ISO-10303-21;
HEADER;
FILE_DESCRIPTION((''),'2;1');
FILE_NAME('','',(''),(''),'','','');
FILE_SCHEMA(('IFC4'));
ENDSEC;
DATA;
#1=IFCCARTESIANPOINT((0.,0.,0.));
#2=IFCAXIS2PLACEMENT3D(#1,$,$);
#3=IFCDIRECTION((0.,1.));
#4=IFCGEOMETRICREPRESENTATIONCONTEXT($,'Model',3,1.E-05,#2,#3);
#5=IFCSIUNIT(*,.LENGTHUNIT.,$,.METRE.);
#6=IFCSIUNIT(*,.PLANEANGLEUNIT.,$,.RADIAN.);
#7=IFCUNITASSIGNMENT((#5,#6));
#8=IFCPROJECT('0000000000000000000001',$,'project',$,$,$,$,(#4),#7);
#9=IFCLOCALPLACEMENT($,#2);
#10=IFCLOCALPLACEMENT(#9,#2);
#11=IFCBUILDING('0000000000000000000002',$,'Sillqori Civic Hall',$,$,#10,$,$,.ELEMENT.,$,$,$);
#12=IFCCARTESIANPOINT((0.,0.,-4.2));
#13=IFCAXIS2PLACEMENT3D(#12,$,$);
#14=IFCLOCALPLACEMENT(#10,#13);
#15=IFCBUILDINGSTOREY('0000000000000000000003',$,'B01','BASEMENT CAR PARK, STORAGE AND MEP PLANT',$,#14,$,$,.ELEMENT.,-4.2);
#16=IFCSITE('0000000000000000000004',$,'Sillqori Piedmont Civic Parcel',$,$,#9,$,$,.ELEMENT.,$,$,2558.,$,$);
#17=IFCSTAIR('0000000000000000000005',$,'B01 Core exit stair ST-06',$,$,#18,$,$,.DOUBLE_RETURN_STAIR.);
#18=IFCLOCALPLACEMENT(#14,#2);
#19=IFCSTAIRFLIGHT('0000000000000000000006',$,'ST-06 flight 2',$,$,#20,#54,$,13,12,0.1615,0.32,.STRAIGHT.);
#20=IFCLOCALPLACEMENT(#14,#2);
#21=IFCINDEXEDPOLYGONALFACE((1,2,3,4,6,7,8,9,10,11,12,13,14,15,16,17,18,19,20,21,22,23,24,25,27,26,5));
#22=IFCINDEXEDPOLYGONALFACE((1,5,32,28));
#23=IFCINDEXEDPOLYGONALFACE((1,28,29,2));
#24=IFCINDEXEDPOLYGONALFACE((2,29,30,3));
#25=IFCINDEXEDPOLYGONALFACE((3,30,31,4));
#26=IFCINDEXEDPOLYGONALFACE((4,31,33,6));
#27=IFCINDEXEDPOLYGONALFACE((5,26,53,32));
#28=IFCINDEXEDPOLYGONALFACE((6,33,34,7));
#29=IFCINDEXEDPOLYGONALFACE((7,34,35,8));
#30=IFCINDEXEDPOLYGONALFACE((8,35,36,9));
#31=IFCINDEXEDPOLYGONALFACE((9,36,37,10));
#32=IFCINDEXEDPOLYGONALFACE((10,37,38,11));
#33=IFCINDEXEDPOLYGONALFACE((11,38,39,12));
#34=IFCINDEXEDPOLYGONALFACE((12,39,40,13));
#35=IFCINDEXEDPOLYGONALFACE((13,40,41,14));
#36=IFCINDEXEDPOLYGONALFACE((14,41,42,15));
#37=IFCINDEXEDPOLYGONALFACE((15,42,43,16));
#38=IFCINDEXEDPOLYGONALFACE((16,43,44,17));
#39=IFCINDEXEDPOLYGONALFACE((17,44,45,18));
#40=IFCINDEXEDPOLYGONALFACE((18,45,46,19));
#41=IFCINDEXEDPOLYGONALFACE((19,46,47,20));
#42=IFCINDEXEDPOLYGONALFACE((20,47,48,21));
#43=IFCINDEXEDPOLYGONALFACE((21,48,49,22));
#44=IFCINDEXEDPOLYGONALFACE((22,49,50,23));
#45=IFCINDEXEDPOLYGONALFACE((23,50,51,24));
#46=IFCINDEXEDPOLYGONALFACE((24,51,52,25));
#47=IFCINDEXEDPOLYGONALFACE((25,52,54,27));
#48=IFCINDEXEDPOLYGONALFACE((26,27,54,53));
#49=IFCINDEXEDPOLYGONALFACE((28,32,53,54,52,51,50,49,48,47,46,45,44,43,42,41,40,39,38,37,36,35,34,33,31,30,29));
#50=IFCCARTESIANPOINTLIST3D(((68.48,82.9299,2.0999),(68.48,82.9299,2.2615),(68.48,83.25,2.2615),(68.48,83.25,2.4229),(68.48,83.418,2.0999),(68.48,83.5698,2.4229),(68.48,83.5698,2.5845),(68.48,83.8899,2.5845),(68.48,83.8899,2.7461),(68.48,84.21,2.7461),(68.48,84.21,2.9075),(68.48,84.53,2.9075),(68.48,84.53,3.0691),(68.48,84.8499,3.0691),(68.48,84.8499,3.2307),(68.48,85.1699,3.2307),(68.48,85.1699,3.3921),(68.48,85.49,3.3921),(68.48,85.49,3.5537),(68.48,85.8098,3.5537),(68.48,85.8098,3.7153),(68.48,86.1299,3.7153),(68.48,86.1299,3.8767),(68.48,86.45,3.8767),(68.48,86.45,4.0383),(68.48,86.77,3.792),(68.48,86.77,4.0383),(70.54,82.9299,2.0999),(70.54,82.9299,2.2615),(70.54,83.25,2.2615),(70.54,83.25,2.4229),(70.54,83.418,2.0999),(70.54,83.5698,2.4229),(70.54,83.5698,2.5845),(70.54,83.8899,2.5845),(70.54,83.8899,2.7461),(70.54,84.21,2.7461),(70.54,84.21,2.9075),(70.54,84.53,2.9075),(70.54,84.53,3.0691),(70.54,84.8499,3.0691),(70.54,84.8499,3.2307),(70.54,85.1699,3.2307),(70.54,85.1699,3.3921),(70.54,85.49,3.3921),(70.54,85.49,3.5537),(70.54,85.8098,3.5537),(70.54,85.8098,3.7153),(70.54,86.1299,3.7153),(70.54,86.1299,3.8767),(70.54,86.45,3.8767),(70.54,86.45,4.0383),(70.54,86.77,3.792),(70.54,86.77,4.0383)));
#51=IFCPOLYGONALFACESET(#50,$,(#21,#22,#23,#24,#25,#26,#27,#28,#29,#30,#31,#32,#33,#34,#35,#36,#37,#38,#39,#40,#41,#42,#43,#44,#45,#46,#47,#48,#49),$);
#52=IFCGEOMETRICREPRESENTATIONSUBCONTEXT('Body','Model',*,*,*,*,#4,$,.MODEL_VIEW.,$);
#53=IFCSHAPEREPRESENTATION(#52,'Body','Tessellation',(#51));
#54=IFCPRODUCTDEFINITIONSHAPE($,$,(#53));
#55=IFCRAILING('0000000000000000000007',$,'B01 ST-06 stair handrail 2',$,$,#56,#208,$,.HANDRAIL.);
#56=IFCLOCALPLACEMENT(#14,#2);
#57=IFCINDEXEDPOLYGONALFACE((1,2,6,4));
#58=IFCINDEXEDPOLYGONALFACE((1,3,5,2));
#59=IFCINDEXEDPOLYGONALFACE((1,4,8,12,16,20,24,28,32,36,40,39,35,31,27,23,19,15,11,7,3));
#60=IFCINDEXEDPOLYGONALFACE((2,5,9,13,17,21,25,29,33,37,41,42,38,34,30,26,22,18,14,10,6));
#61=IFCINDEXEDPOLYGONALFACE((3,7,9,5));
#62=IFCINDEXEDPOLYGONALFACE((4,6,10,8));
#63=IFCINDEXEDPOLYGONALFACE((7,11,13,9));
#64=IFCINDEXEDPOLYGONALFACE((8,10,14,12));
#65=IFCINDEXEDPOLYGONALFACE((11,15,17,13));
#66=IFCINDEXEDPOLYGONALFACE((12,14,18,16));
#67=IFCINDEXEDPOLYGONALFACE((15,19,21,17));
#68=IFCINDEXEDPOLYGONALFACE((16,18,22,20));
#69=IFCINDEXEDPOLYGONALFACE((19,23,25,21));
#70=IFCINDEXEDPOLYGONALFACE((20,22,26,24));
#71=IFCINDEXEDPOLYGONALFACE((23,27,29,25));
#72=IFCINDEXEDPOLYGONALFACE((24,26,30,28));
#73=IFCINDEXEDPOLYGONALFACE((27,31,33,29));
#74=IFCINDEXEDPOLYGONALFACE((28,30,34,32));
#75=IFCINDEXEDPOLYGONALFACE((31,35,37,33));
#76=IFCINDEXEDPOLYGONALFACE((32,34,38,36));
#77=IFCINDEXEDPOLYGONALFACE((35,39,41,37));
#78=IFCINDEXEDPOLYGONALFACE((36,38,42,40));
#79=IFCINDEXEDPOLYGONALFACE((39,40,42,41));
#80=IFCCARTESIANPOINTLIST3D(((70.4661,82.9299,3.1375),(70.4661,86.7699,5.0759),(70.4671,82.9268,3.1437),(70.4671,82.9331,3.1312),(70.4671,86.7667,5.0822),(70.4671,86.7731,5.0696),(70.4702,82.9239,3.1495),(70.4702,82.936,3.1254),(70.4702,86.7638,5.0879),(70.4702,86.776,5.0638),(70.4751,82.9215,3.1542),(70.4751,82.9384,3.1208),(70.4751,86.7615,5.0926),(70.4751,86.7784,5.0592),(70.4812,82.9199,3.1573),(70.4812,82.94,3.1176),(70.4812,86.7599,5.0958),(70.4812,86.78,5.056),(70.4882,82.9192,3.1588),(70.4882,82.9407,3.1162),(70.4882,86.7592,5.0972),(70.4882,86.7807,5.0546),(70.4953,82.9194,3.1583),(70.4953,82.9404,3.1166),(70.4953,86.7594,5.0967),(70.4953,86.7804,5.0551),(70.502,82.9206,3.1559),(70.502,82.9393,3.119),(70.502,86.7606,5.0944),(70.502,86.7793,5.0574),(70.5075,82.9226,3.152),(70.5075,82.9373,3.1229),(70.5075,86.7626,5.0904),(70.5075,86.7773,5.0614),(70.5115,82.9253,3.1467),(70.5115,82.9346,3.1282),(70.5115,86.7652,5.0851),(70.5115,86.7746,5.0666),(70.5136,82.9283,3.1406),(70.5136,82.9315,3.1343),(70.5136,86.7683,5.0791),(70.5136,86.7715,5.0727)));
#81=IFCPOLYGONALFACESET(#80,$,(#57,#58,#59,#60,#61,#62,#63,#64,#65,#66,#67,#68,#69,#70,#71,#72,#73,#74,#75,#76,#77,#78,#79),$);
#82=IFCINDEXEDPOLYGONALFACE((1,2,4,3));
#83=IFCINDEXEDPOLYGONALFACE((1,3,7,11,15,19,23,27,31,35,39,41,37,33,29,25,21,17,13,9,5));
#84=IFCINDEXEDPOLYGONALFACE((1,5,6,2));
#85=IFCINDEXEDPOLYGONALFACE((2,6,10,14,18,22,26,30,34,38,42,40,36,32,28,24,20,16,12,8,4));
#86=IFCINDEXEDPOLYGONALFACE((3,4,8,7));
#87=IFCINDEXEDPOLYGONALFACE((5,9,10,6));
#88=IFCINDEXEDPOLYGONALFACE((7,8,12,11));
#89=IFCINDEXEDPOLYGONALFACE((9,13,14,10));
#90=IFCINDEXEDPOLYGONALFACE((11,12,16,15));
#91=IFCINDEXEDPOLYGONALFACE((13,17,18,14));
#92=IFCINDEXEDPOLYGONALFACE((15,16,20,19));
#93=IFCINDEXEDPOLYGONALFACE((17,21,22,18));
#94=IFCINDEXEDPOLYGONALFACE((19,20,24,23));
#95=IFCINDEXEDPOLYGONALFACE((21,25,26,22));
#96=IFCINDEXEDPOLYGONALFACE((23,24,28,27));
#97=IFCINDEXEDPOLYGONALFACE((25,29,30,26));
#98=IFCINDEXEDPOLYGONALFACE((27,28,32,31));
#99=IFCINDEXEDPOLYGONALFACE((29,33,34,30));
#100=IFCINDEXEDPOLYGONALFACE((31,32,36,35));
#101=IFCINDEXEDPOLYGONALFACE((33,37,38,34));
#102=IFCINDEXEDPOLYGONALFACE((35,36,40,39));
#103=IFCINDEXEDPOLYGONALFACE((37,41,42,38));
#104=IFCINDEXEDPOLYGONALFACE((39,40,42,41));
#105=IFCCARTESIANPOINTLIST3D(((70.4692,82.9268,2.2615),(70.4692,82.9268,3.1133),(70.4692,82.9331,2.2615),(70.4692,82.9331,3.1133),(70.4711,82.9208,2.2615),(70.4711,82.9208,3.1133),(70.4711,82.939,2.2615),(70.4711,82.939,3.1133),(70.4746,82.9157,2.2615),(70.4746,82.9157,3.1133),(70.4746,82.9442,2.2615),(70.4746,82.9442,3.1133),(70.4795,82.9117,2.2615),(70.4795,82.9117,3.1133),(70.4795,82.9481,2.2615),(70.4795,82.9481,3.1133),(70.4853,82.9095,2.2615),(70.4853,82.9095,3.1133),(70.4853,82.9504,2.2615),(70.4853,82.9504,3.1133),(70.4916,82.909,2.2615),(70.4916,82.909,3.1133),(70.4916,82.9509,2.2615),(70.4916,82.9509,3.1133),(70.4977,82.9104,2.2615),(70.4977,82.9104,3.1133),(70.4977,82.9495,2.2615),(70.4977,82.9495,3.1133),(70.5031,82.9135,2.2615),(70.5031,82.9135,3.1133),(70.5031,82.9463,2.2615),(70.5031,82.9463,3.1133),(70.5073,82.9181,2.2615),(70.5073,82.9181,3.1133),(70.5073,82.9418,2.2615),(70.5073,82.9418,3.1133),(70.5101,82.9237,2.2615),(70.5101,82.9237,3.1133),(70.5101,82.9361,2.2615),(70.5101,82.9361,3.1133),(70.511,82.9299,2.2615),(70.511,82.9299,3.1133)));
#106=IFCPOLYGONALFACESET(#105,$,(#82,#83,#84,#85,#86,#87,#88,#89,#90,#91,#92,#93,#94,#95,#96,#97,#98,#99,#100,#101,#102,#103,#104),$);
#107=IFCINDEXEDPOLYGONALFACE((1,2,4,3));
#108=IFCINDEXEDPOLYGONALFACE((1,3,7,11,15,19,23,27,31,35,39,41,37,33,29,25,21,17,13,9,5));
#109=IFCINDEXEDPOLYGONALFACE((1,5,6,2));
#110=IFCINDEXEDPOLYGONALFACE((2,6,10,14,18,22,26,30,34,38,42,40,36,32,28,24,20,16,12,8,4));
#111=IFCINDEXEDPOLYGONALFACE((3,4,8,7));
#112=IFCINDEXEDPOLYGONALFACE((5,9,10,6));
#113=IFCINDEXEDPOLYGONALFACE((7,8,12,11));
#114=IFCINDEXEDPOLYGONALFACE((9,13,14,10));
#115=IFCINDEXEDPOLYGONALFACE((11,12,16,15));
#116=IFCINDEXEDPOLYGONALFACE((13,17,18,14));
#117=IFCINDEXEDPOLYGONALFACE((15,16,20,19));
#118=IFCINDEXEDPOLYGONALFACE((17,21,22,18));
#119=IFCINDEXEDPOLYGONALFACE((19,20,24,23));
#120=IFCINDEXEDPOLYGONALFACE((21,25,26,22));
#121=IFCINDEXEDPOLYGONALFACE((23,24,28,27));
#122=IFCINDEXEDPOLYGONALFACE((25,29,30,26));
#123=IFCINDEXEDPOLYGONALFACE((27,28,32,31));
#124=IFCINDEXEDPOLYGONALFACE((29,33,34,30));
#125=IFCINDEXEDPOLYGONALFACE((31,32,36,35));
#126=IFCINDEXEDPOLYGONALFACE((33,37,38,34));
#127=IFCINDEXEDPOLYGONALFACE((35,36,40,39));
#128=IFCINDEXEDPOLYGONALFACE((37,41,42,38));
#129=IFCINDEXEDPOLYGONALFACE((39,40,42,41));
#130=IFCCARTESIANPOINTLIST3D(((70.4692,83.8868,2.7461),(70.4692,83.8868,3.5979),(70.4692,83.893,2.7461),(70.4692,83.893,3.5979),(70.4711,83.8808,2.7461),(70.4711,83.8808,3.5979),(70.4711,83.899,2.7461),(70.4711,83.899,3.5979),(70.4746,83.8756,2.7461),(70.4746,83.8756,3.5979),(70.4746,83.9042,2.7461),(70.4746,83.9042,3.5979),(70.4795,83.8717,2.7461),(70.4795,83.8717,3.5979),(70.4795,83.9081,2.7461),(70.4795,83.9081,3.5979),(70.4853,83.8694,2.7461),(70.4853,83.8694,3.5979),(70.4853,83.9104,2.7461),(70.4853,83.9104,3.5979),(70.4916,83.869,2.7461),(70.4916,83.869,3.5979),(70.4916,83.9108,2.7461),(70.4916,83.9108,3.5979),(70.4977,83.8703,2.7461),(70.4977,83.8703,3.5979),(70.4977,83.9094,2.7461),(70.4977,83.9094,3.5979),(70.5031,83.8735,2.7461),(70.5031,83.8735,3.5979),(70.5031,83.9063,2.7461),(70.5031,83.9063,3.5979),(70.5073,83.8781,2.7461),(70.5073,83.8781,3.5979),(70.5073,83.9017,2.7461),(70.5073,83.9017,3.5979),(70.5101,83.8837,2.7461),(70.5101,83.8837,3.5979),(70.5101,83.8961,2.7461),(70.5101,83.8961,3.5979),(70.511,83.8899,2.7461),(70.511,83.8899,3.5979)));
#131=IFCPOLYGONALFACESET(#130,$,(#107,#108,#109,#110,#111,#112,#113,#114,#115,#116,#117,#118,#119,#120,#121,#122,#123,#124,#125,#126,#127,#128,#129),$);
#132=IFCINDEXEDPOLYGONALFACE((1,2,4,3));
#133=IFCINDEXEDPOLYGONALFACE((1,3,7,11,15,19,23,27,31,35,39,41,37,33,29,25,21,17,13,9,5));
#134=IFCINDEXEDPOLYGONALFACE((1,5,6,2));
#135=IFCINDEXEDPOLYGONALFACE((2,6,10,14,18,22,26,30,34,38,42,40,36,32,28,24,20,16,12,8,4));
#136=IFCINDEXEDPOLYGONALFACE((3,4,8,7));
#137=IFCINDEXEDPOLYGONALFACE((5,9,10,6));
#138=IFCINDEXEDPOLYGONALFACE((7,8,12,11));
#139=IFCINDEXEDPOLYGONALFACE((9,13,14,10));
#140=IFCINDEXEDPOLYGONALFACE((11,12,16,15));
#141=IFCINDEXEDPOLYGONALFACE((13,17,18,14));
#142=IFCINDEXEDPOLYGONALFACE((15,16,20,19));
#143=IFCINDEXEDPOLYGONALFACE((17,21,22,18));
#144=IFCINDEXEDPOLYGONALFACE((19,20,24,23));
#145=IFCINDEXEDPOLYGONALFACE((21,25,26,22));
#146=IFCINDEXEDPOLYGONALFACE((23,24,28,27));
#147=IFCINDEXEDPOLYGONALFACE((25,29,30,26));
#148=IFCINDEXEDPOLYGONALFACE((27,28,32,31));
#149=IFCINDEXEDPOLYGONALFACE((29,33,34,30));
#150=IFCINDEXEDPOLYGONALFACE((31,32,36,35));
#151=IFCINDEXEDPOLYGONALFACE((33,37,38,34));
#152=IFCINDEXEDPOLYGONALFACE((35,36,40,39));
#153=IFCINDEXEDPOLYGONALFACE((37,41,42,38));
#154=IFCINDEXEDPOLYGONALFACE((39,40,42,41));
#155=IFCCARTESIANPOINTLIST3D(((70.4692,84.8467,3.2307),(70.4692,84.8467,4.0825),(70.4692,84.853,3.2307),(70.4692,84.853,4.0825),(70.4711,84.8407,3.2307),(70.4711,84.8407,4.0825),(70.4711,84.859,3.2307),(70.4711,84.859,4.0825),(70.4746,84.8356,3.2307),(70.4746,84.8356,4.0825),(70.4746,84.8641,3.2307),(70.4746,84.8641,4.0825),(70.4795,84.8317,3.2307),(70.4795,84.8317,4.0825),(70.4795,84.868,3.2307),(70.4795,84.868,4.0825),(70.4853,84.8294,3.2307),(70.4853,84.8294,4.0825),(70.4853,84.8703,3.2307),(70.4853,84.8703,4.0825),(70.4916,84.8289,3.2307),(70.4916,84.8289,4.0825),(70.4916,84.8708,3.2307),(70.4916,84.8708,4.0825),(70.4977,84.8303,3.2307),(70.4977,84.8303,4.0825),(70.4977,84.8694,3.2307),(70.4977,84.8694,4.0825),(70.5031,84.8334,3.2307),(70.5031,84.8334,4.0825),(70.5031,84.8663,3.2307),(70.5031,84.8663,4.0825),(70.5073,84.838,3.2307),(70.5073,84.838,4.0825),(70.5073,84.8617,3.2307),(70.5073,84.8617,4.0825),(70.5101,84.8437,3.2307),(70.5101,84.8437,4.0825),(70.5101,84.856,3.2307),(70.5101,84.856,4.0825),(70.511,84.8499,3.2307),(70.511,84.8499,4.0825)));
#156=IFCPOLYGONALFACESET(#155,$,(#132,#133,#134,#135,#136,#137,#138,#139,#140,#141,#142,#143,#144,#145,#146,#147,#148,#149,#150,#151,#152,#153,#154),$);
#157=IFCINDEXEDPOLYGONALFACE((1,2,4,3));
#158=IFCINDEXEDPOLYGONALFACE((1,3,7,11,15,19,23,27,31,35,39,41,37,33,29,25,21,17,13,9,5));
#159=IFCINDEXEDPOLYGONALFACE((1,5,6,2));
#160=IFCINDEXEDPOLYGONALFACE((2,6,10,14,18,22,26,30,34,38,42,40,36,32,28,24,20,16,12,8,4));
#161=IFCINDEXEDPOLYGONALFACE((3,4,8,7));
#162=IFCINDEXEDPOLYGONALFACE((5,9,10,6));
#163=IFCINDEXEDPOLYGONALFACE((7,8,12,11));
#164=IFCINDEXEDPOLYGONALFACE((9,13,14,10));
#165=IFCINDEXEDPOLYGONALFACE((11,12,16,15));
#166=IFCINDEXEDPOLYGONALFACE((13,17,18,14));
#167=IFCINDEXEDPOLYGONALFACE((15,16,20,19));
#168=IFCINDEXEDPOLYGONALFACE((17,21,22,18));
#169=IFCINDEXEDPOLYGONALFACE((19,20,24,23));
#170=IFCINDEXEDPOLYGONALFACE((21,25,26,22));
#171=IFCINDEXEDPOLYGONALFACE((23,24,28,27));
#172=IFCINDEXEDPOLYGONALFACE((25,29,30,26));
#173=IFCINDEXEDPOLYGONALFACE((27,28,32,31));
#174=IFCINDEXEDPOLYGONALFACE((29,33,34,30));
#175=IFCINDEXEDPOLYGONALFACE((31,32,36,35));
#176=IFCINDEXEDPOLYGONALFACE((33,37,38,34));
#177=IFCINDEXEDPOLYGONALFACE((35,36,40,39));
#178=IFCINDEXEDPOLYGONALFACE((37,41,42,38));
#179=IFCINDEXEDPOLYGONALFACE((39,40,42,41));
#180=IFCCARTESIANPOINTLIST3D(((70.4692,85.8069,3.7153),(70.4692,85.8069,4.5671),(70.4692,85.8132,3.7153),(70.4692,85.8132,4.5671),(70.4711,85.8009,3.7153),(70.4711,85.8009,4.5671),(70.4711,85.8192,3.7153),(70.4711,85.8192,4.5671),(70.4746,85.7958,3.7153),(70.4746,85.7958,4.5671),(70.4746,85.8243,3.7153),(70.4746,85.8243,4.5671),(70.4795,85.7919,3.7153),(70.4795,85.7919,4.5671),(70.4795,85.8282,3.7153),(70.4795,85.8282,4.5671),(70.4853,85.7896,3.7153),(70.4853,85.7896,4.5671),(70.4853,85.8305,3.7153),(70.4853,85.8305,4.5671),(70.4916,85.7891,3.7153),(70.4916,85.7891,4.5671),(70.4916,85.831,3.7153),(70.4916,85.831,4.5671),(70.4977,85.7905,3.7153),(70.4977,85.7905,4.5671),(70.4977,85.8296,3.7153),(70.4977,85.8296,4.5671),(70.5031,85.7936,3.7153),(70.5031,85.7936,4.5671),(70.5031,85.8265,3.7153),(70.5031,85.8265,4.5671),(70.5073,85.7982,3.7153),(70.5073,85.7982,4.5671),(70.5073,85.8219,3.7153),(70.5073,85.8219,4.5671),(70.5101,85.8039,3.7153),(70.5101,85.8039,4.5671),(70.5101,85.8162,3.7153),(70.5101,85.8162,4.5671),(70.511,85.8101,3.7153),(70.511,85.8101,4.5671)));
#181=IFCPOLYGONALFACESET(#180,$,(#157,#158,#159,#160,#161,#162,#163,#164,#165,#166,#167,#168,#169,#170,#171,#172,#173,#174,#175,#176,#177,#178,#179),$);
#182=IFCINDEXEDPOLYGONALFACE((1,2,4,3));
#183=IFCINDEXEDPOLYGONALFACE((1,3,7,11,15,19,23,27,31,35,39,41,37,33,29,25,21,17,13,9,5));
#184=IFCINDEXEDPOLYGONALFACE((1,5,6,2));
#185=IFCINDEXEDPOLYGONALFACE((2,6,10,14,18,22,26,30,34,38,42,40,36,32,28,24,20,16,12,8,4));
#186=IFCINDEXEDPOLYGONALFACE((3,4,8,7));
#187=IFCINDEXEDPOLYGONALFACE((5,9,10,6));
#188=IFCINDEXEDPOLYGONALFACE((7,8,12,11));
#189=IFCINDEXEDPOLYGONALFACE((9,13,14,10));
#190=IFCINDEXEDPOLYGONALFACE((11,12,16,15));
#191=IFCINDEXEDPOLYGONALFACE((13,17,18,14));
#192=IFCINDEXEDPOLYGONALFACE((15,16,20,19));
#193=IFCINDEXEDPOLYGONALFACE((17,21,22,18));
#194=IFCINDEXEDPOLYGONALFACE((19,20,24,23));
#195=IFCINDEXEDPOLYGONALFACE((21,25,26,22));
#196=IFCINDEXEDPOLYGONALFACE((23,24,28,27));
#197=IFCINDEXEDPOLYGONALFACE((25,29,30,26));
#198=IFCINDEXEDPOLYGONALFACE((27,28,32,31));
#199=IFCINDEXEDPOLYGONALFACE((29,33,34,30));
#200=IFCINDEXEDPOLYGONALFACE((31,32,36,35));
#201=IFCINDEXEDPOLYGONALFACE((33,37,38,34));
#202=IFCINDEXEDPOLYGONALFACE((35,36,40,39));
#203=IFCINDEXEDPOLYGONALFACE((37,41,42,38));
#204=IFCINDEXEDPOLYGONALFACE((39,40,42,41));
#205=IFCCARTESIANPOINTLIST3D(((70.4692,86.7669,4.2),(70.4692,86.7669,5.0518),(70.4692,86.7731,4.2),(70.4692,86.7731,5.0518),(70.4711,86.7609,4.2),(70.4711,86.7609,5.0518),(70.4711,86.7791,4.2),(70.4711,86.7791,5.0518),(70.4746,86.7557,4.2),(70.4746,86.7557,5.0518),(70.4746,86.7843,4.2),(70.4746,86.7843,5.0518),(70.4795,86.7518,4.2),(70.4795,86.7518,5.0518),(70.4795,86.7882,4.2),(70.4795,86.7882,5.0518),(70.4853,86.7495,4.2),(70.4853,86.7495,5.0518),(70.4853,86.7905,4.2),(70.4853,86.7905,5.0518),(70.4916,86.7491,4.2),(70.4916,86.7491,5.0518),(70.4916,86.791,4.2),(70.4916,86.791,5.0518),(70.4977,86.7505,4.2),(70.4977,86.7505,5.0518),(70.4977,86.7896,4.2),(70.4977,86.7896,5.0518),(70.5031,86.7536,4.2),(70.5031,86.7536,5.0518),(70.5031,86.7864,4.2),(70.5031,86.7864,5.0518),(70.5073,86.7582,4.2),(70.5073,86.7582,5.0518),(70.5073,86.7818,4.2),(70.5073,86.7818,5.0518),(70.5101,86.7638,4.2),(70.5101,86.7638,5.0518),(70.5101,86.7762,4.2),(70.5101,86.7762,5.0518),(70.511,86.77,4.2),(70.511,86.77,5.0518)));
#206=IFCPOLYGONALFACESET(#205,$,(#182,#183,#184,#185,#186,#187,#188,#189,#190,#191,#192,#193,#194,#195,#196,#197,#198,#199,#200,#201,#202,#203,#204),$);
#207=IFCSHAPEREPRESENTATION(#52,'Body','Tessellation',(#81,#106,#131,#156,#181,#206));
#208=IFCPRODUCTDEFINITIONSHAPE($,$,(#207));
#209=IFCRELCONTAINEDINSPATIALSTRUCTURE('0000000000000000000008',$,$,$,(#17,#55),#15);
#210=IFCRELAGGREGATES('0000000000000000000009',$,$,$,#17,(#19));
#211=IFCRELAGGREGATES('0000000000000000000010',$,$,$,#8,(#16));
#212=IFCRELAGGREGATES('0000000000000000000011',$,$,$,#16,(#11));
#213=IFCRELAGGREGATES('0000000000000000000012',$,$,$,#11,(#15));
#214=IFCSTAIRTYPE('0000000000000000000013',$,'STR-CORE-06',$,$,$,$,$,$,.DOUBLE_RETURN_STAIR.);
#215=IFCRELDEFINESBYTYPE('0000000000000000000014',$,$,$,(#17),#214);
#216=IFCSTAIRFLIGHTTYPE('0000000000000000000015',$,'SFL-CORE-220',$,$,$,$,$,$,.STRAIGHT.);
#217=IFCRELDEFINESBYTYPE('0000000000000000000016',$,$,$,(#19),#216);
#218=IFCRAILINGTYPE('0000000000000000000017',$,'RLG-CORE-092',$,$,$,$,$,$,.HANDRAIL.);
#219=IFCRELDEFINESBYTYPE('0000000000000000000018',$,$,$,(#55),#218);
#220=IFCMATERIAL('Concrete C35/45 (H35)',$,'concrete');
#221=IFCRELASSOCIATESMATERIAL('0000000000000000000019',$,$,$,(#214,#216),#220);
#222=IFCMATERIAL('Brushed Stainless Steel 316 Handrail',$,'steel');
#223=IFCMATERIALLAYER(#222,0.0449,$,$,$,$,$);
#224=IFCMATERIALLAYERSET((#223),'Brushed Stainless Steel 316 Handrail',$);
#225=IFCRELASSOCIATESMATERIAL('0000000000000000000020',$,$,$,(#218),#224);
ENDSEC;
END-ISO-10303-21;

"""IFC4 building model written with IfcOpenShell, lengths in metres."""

from ifc_helpers import new_model, si_unit, direction, frame, origin, origin_2d, place, context, subcontext, project, spatial, polyline, circle, outline, extrude, material, layer, layer_set, type_object, element, aggregate, save


model = new_model("IFC4")

# Units and contexts
model_context = context("Model", 3, precision=1e-05, world=origin(), true_north=direction((0.0, 1.0)))
body_context = subcontext(model_context, "Body", "Model", "MODEL_VIEW")
ifc_project = project(units=[si_unit("LENGTHUNIT", "METRE"), si_unit("PLANEANGLEUNIT", "RADIAN")], contexts=[model_context])

# Site, building, storey
site_placement = place(None, origin())
site = spatial("IfcSite", under=ifc_project, at=site_placement, Name="Sillqori Piedmont Civic Parcel", CompositionType="ELEMENT", RefElevation=2558.0)
building_placement = place(site_placement, origin())
building = spatial("IfcBuilding", under=site, at=building_placement, Name="Sillqori Civic Hall", CompositionType="ELEMENT")
storey_placement = place(building_placement, frame((0.0, 0.0, -4.2)))
storey = spatial("IfcBuildingStorey", under=building, at=storey_placement, Name="B01", Description="BASEMENT CAR PARK, STORAGE AND MEP PLANT", CompositionType="ELEMENT", Elevation=-4.2)

# Shared definitions
ifc_material_1 = material(Name="Concrete C35/45 (H35)", Category="concrete")

# Stair, stair flight
stair_type = type_object("IfcStairType", Name="STR-CORE-06", PredefinedType="DOUBLE_RETURN_STAIR", material=ifc_material_1)
stair_placement = place(storey_placement, origin())
stair = element("IfcStair", 1, at=stair_placement, inside=storey, type_object=stair_type, Name="B01 Core exit stair ST-06", PredefinedType="DOUBLE_RETURN_STAIR")
stair_flight_type = type_object("IfcStairFlightType", Name="SFL-CORE-220", PredefinedType="STRAIGHT", material=ifc_material_1)
stair_flight_placement = place(storey_placement, frame((69.51, 82.9299, 2.0999), z_axis=(0.0, 0.0, 1.0), x_axis=(0.0, 1.0, 0.0)))
stair_flight = element("IfcStairFlight", 2, at=stair_flight_placement, type_object=stair_flight_type, Name="ST-06 flight 2", NumberOfRisers=13, NumberOfTreads=12, PredefinedType="STRAIGHT", RiserHeight=0.1615, TreadLength=0.32, context=body_context, shape_type="SweptSolid", body=[
    extrude(outline(polyline([(0.0, 0.0), (0.0, 0.1616), (0.3201, 0.1616), (0.3201, 0.323), (0.6399, 0.323), (0.6399, 0.4846), (0.96, 0.4846), (0.96, 0.6462), (1.28, 0.6462), (1.28, 0.8076), (1.6001, 0.8076), (1.6001, 0.9692), (1.9199, 0.9692), (1.9199, 1.1309), (2.24, 1.1309), (2.24, 1.2922), (2.5601, 1.2922), (2.5601, 1.4539), (2.8799, 1.4539), (2.8799, 1.6155), (3.2, 1.6155), (3.2, 1.7769), (3.52, 1.7769), (3.52, 1.9385), (3.8401, 1.9385), (3.8401, 2.1001), (3.8401, 1.6921), (0.488, 0.0), (0.0, 0.0)])), frame((0.0, 1.03, 0.0), z_axis=(0.0, -1.0, 0.0), x_axis=(1.0, 0.0, 0.0)), (0.0, 0.0, 1.0), 2.0601),
])
aggregate(stair, [stair_flight])

# Railing
ifc_material_2 = material(Name="Brushed Stainless Steel 316 Handrail", Category="steel")
ifc_layer_1 = layer(ifc_material_2, 0.0449)
ifc_layer_set_1 = layer_set([ifc_layer_1], Name="Brushed Stainless Steel 316 Handrail")
railing_type_1 = type_object("IfcRailingType", Name="RLG-CORE-092", PredefinedType="HANDRAIL", material=ifc_layer_set_1)
railing_1_placement = place(storey_placement, frame((70.49, 82.9299, 2.2615)))
element("IfcRailing", 3, at=railing_1_placement, inside=storey, type_object=railing_type_1, Name="B01 ST-06 stair handrail 2", PredefinedType="HANDRAIL", context=body_context, shape_type="SweptSolid", body=[
    extrude(circle(Radius=0.0239, at=origin_2d()), frame((0.0, 0.0, 0.876), z_axis=(0.0, 0.892707, 0.450638), x_axis=(-1.0, 0.0, 0.0)), (0.0, 0.0, 1.0), 4.3015),
    extrude(circle(Radius=0.021, at=origin_2d()), origin(), (0.0, 0.0, 1.0), 0.8518),
    extrude(circle(Radius=0.021, at=origin_2d()), frame((0.0, 0.96, 0.4846)), (0.0, 0.0, 1.0), 0.8518),
    extrude(circle(Radius=0.021, at=origin_2d()), frame((0.0, 1.9199, 0.9692)), (0.0, 0.0, 1.0), 0.8518),
    extrude(circle(Radius=0.021, at=origin_2d()), frame((0.0, 2.8801, 1.4539)), (0.0, 0.0, 1.0), 0.8518),
    extrude(circle(Radius=0.021, at=origin_2d()), frame((0.0, 3.8401, 1.9385)), (0.0, 0.0, 1.0), 0.8518),
])

save(model, "model.ifc")
